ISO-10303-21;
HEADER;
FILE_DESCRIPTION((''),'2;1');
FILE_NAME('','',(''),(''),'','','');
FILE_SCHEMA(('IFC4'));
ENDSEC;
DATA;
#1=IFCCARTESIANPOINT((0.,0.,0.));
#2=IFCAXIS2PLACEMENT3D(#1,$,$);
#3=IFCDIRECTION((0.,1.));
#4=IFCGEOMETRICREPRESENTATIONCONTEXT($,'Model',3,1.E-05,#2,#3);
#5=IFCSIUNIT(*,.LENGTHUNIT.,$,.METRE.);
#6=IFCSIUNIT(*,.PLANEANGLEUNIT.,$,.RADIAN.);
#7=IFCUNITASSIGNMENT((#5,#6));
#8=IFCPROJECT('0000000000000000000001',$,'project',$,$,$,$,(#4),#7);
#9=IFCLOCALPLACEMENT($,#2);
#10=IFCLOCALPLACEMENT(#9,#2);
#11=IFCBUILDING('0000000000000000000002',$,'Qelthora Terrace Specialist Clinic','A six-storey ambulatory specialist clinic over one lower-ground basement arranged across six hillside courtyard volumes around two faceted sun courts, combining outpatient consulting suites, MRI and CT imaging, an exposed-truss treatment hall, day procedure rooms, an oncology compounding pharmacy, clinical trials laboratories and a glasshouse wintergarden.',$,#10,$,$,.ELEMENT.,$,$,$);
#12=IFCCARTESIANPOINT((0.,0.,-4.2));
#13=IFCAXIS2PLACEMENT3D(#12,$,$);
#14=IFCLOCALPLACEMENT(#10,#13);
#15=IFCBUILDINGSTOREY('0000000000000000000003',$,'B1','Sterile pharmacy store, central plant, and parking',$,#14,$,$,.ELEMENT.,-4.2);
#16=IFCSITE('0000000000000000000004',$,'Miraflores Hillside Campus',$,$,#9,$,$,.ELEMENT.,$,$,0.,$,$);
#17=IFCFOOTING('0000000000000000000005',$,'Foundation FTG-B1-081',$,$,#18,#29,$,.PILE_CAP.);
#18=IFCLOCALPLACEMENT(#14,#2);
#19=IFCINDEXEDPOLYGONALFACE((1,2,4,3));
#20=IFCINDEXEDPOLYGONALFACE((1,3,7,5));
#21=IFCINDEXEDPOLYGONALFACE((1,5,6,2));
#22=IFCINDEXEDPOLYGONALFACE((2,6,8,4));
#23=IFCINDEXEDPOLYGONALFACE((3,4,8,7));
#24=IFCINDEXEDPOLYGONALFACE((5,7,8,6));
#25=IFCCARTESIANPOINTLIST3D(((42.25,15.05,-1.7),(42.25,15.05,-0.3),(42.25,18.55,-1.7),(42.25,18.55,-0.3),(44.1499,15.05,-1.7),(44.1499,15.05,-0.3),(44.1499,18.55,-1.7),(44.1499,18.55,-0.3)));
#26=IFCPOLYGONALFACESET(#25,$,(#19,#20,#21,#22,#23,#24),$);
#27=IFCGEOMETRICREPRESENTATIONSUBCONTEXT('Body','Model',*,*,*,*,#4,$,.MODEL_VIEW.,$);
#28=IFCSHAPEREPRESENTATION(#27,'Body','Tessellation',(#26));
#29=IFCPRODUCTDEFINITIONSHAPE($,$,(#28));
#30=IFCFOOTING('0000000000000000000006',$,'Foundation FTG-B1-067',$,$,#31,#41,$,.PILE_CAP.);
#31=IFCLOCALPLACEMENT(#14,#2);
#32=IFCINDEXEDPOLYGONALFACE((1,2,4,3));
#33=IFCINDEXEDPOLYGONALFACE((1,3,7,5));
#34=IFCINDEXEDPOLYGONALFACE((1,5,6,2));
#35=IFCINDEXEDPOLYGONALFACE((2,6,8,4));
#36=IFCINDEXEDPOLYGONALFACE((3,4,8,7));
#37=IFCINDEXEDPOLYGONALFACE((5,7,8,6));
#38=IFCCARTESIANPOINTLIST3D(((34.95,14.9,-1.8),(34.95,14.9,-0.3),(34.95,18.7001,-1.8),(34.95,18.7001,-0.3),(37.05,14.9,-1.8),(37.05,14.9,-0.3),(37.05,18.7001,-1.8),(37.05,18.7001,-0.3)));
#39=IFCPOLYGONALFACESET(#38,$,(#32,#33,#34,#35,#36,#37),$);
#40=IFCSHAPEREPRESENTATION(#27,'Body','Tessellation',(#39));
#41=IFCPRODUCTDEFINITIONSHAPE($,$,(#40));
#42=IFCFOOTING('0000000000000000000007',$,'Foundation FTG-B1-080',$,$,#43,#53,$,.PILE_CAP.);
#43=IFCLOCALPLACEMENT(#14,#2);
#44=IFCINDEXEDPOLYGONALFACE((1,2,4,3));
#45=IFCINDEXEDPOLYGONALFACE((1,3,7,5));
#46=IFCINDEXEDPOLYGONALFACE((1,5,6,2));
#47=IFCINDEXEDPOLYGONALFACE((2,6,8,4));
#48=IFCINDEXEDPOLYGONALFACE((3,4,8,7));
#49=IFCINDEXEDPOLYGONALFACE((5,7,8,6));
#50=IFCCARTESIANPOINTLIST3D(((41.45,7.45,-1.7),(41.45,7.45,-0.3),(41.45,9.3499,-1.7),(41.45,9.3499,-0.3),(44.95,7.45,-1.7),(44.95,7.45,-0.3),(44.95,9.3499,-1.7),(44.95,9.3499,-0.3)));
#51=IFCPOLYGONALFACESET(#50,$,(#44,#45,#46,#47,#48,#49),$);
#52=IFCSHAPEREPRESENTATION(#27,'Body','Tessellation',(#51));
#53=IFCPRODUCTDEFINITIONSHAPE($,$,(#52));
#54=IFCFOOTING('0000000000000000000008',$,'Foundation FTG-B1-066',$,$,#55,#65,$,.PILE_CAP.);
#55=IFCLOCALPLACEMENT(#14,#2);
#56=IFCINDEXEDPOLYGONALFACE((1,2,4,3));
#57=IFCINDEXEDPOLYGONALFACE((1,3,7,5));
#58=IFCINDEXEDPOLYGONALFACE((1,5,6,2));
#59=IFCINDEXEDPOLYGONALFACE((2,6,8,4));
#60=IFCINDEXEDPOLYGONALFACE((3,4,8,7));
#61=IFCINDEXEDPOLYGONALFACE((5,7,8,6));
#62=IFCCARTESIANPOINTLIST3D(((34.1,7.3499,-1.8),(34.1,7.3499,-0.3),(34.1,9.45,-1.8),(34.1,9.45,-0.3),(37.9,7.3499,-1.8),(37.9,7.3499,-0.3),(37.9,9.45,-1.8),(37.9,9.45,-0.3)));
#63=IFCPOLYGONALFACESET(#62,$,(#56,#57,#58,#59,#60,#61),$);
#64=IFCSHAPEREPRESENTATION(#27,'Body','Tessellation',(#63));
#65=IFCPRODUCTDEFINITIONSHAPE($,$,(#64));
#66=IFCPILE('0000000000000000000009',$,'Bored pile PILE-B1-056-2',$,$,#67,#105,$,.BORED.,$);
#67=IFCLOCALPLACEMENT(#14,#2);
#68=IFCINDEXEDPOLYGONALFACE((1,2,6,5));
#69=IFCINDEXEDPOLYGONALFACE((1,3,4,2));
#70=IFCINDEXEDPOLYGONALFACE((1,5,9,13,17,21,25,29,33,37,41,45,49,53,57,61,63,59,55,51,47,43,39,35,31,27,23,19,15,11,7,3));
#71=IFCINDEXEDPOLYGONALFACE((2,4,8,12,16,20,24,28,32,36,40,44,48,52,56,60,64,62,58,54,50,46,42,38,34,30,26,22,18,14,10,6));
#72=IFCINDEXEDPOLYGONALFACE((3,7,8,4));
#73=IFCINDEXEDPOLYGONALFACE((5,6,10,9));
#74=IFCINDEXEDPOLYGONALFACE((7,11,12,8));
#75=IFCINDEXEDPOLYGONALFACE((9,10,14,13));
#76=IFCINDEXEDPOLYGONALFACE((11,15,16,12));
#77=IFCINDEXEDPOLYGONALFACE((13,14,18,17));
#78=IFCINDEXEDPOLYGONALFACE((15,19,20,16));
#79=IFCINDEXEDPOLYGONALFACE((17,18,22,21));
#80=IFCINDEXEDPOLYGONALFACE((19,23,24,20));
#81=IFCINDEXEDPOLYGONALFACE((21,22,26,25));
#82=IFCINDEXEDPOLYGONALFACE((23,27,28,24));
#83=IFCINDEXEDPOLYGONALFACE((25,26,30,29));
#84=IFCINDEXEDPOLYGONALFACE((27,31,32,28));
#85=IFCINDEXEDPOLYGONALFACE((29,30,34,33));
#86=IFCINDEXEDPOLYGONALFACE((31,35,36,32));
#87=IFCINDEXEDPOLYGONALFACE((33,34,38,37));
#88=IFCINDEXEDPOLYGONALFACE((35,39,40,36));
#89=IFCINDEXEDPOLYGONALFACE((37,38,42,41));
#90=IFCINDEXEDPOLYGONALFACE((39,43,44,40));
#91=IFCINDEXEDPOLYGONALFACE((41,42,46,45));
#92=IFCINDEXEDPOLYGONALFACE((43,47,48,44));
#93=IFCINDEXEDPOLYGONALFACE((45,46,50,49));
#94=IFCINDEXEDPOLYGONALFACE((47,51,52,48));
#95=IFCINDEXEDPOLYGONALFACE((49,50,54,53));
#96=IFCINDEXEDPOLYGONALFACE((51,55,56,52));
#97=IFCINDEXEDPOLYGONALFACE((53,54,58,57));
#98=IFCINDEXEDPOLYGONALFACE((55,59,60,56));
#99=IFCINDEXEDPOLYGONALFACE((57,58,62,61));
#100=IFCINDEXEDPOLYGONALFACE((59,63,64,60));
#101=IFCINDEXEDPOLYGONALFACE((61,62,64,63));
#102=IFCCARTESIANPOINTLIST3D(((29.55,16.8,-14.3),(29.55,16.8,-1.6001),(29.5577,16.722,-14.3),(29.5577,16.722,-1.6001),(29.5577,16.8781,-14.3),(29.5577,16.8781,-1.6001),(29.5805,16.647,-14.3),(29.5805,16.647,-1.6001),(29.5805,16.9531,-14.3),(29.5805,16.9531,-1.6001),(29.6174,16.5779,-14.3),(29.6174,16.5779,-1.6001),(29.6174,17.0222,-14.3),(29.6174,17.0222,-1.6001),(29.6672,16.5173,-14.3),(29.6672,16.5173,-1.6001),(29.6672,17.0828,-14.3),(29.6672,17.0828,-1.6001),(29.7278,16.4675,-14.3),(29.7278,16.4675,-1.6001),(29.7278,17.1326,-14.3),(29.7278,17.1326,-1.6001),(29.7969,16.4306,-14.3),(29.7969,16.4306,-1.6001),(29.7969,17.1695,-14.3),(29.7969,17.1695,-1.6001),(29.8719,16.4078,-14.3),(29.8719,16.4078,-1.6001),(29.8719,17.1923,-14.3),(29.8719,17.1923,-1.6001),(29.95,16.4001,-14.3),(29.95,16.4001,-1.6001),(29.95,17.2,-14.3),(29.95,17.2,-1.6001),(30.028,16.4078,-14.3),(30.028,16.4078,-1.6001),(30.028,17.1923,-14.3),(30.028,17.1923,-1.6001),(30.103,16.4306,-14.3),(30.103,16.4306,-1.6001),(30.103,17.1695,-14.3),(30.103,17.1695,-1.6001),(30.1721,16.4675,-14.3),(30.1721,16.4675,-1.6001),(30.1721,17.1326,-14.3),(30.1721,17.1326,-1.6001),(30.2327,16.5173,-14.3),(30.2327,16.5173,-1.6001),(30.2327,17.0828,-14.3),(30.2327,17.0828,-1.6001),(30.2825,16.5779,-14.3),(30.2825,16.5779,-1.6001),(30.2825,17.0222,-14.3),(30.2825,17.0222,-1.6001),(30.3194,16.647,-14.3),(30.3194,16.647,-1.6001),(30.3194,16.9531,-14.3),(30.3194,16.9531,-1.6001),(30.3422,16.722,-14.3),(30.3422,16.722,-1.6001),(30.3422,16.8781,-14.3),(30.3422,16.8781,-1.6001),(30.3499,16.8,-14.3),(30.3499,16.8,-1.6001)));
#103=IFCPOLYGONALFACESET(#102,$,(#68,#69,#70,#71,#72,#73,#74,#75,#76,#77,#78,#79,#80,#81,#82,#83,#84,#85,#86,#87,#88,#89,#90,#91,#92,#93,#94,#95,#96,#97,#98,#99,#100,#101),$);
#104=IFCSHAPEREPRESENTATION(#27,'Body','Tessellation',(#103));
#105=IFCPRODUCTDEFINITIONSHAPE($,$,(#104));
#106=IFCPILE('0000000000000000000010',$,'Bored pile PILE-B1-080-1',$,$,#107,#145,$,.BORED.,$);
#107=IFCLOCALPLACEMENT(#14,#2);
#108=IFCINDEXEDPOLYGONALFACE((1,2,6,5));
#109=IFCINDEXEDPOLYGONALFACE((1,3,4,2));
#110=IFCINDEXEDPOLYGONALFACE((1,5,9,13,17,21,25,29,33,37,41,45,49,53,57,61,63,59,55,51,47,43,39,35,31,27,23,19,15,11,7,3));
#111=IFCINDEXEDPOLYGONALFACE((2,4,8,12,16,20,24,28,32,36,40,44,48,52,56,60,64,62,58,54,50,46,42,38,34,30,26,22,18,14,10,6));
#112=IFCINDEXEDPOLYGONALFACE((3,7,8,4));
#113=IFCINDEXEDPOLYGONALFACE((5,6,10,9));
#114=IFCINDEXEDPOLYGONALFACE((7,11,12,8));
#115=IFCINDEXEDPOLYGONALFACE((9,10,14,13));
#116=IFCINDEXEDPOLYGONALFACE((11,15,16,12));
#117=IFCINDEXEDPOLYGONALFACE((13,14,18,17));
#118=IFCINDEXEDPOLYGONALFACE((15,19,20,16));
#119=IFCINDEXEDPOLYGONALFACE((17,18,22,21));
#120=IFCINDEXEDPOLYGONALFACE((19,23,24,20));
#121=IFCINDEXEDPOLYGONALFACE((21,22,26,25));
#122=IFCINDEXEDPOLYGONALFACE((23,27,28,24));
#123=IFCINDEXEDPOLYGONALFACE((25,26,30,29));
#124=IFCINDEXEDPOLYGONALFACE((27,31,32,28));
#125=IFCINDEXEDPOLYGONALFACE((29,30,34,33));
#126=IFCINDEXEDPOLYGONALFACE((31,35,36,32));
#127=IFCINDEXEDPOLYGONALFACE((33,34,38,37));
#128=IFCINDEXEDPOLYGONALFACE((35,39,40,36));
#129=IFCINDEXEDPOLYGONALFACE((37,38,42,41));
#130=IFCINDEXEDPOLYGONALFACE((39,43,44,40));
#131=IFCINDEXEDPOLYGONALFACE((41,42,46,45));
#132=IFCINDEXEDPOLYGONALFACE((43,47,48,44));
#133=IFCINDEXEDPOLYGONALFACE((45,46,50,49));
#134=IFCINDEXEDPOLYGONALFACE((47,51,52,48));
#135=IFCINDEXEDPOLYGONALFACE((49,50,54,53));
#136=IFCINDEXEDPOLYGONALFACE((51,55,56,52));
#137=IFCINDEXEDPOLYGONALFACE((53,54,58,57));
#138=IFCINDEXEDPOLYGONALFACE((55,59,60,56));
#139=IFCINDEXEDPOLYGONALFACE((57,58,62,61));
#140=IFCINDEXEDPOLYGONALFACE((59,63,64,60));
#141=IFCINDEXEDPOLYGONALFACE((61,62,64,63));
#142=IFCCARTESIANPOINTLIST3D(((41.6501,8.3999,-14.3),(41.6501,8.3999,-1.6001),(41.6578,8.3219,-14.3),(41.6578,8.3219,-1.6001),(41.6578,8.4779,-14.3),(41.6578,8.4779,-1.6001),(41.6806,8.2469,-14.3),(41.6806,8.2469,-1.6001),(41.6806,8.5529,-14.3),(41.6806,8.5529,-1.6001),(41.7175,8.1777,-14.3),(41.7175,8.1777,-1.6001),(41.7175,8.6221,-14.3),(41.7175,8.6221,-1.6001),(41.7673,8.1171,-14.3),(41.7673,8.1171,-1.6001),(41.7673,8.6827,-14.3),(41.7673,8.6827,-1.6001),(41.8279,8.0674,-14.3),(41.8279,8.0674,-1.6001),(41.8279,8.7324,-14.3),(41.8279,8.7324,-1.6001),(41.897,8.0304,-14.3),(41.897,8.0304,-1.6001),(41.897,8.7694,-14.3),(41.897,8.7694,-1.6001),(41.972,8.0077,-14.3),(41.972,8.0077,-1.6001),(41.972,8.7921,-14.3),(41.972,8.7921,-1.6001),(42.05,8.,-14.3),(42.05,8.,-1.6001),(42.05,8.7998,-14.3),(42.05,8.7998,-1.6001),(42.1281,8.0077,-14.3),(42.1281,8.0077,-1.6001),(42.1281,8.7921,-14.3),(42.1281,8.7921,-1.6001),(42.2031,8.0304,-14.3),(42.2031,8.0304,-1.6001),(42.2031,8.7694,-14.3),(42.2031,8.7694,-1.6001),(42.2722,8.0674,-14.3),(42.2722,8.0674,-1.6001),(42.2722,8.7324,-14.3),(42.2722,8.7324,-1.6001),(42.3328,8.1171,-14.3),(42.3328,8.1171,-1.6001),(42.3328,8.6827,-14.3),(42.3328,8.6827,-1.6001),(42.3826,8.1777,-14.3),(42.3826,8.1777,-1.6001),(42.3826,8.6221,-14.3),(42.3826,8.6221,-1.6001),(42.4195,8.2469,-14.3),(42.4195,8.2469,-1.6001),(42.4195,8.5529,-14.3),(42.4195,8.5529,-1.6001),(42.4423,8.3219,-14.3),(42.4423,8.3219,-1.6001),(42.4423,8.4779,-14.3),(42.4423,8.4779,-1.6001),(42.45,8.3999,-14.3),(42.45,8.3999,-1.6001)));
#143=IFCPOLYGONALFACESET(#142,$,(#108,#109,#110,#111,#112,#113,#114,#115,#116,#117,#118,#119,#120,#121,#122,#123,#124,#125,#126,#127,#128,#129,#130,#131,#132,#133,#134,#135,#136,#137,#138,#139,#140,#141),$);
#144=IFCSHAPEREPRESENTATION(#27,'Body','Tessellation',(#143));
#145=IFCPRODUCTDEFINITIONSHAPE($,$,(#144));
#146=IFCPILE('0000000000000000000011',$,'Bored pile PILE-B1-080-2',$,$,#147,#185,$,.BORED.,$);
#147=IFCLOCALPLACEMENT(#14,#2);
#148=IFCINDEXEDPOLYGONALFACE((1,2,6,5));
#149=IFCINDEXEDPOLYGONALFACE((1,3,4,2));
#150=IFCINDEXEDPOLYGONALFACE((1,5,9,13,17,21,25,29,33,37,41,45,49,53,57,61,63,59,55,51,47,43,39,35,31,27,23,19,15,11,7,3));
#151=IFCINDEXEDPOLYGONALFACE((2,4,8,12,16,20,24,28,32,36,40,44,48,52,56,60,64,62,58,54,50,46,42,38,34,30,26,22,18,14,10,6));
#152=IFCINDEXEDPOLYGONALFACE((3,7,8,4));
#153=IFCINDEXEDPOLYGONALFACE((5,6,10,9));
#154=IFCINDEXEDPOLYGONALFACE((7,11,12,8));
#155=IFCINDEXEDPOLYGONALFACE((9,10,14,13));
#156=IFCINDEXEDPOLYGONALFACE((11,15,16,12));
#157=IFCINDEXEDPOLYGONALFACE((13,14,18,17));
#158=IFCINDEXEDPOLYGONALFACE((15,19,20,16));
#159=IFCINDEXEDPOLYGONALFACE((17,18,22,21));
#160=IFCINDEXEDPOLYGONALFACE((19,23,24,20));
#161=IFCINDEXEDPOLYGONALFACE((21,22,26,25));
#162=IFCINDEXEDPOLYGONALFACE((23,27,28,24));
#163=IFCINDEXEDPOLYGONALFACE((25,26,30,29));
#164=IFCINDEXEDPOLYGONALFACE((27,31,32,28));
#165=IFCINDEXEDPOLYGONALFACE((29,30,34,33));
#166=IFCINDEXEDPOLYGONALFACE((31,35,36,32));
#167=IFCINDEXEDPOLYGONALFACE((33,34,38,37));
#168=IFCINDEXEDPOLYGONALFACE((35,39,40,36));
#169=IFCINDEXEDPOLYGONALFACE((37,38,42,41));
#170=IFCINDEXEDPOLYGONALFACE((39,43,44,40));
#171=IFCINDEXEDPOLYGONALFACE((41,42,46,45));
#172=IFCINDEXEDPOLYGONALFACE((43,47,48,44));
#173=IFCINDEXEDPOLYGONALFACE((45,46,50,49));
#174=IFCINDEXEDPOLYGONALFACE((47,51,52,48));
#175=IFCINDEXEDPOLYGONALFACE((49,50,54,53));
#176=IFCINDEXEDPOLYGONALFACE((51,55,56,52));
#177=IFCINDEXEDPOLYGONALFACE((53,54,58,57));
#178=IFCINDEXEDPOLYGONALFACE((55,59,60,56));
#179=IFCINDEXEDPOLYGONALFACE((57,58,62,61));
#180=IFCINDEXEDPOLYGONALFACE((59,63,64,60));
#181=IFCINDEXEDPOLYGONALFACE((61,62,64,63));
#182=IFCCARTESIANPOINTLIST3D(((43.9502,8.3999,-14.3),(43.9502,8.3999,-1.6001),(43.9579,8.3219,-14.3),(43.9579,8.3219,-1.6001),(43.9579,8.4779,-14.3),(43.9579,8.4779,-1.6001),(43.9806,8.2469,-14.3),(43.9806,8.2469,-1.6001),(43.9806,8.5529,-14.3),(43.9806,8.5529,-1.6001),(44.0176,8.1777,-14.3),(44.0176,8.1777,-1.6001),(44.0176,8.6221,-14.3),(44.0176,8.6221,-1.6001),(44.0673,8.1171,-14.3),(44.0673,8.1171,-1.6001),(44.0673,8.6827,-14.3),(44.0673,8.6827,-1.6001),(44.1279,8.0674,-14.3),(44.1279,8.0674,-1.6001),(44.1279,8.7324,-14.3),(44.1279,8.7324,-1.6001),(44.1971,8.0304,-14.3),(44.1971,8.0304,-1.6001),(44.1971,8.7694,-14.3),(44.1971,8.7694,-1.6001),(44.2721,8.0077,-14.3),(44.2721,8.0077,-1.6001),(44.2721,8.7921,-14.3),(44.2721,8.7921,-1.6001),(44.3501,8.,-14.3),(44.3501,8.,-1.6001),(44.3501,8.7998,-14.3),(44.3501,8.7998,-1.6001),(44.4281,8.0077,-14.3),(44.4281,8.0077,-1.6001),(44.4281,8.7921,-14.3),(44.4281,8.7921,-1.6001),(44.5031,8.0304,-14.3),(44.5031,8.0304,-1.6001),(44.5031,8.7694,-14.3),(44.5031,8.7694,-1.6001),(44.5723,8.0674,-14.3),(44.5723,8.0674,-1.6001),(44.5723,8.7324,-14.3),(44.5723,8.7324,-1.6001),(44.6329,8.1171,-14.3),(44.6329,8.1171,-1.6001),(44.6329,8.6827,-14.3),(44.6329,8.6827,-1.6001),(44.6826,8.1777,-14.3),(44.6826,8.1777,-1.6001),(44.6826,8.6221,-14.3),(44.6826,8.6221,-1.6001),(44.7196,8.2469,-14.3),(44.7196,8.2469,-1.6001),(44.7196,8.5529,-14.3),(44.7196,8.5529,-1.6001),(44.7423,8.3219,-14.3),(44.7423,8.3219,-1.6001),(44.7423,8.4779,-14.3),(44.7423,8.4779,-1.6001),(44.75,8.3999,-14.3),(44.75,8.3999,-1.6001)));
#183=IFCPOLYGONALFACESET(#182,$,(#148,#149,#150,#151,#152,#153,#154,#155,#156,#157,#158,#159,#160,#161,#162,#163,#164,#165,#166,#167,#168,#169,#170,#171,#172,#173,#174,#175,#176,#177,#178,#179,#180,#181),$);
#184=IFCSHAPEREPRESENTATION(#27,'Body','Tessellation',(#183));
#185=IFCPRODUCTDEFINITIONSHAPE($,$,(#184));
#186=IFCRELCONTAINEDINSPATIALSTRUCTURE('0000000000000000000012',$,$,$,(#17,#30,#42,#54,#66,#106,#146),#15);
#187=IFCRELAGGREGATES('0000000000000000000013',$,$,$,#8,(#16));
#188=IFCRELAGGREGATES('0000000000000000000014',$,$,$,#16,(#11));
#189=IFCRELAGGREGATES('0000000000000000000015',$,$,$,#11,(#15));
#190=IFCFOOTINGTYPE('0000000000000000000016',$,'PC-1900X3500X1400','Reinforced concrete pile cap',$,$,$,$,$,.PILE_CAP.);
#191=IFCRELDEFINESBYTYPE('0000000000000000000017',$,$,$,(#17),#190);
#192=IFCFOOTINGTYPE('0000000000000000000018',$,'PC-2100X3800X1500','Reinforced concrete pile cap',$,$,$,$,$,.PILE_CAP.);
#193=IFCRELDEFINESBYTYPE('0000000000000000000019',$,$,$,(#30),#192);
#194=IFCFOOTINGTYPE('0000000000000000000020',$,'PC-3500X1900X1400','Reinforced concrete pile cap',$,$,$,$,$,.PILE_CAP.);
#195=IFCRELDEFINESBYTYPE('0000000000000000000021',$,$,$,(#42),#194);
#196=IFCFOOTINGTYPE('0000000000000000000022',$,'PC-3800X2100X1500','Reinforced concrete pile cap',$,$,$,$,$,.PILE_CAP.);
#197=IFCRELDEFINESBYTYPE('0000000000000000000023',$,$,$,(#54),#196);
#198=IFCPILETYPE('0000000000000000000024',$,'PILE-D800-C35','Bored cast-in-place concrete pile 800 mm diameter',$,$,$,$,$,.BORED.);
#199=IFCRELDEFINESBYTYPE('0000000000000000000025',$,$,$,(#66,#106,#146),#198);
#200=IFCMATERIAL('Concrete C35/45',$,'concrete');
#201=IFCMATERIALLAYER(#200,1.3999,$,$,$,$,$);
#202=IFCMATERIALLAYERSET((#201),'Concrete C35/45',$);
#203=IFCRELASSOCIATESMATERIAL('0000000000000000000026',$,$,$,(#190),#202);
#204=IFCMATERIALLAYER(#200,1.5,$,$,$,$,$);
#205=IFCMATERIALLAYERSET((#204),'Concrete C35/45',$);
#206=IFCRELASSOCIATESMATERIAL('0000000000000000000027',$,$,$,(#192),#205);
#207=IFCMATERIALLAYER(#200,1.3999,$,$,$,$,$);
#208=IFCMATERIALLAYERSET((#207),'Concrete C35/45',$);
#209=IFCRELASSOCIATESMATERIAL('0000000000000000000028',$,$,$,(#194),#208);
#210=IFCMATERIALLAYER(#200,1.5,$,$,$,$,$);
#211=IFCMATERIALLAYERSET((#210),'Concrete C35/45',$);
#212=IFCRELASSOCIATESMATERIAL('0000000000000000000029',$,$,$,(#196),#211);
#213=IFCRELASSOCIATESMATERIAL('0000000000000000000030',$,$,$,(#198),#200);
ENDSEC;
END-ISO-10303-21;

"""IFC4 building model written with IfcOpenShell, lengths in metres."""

from ifc_helpers import new_model, si_unit, direction, frame, origin, origin_2d, place, context, subcontext, project, spatial, rectangle, circle, extrude, material, layer, layer_set, material_profile, profile_set, type_object, element, save


model = new_model("IFC4")

# Units and contexts
model_context = context("Model", 3, precision=1e-05, world=origin(), true_north=direction((0.0, 1.0)))
body_context = subcontext(model_context, "Body", "Model", "MODEL_VIEW")
ifc_project = project(units=[si_unit("LENGTHUNIT", "METRE"), si_unit("PLANEANGLEUNIT", "RADIAN")], contexts=[model_context])

# Site, building, storey
site_placement = place(None, origin())
site = spatial("IfcSite", under=ifc_project, at=site_placement, Name="Miraflores Hillside Campus", CompositionType="ELEMENT", RefElevation=0.0)
building_placement = place(site_placement, origin())
building = spatial("IfcBuilding", under=site, at=building_placement, Name="Qelthora Terrace Specialist Clinic", Description="A six-storey ambulatory specialist clinic over one lower-ground basement arranged across six hillside courtyard volumes around two faceted sun courts, combining outpatient consulting suites, MRI and CT imaging, an exposed-truss treatment hall, day procedure rooms, an oncology compounding pharmacy, clinical trials laboratories and a glasshouse wintergarden.", CompositionType="ELEMENT")
storey_placement = place(building_placement, frame((0.0, 0.0, -4.2)))
storey = spatial("IfcBuildingStorey", under=building, at=storey_placement, Name="B1", Description="Sterile pharmacy store, central plant, and parking", CompositionType="ELEMENT", Elevation=-4.2)

# Footings
ifc_material_1 = material(Name="Concrete C35/45", Category="concrete")
ifc_layer_1 = layer(ifc_material_1, 1.3999)
ifc_layer_set_1 = layer_set([ifc_layer_1], Name="Concrete C35/45")
footing_type_1 = type_object("IfcFootingType", Name="PC-1900X3500X1400", Description="Reinforced concrete pile cap", PredefinedType="PILE_CAP", material=ifc_layer_set_1)
footing_1_placement = place(storey_placement, frame((43.2, 16.8, -1.7), z_axis=(0.0, 0.0, 1.0), x_axis=(1.0, 0.0, 0.0)))
element("IfcFooting", 1, at=footing_1_placement, inside=storey, type_object=footing_type_1, Name="Foundation FTG-B1-081", PredefinedType="PILE_CAP", context=body_context, shape_type="SweptSolid", body=[
    extrude(rectangle(XDim=1.8999, YDim=3.5, at=origin_2d()), origin(), (0.0, 0.0, 1.0), 1.3999),
])
ifc_layer_2 = layer(ifc_material_1, 1.5)
ifc_layer_set_2 = layer_set([ifc_layer_2], Name="Concrete C35/45")
footing_type_2 = type_object("IfcFootingType", Name="PC-2100X3800X1500", Description="Reinforced concrete pile cap", PredefinedType="PILE_CAP", material=ifc_layer_set_2)
footing_2_placement = place(storey_placement, frame((36.0, 16.8, -1.8), z_axis=(0.0, 0.0, 1.0), x_axis=(1.0, 0.0, 0.0)))
element("IfcFooting", 2, at=footing_2_placement, inside=storey, type_object=footing_type_2, Name="Foundation FTG-B1-067", PredefinedType="PILE_CAP", context=body_context, shape_type="SweptSolid", body=[
    extrude(rectangle(XDim=2.1001, YDim=3.8, at=origin_2d()), origin(), (0.0, 0.0, 1.0), 1.5),
])
ifc_layer_3 = layer(ifc_material_1, 1.3999)
ifc_layer_set_3 = layer_set([ifc_layer_3], Name="Concrete C35/45")
footing_type_3 = type_object("IfcFootingType", Name="PC-3500X1900X1400", Description="Reinforced concrete pile cap", PredefinedType="PILE_CAP", material=ifc_layer_set_3)
footing_3_placement = place(storey_placement, frame((43.2, 8.3999, -1.7), z_axis=(0.0, 0.0, 1.0), x_axis=(1.0, 0.0, 0.0)))
element("IfcFooting", 3, at=footing_3_placement, inside=storey, type_object=footing_type_3, Name="Foundation FTG-B1-080", PredefinedType="PILE_CAP", context=body_context, shape_type="SweptSolid", body=[
    extrude(rectangle(XDim=3.5, YDim=1.8999, at=origin_2d()), origin(), (0.0, 0.0, 1.0), 1.3999),
])
ifc_layer_4 = layer(ifc_material_1, 1.5)
ifc_layer_set_4 = layer_set([ifc_layer_4], Name="Concrete C35/45")
footing_type_4 = type_object("IfcFootingType", Name="PC-3800X2100X1500", Description="Reinforced concrete pile cap", PredefinedType="PILE_CAP", material=ifc_layer_set_4)
footing_4_placement = place(storey_placement, frame((36.0, 8.3999, -1.8), z_axis=(0.0, 0.0, 1.0), x_axis=(1.0, 0.0, 0.0)))
element("IfcFooting", 4, at=footing_4_placement, inside=storey, type_object=footing_type_4, Name="Foundation FTG-B1-066", PredefinedType="PILE_CAP", context=body_context, shape_type="SweptSolid", body=[
    extrude(rectangle(XDim=3.8, YDim=2.1001, at=origin_2d()), origin(), (0.0, 0.0, 1.0), 1.5),
])

# Piles
ifc_material_profile_1 = material_profile(ifc_material_1, circle(Radius=0.3999, at=origin_2d()), Name="PILE800")
ifc_profile_set_1 = profile_set([ifc_material_profile_1], Name="Concrete C35/45")
pile_type_1 = type_object("IfcPileType", Name="PILE-D800-C35", Description="Bored cast-in-place concrete pile 800 mm diameter", PredefinedType="BORED", material=ifc_profile_set_1)
for number, where, z_axis, x_axis, name in (
    (5, (29.95, 16.8, -1.6001), (0.0, 0.0, -1.0), (1.0, 0.0, 0.0), "Bored pile PILE-B1-056-2"),
    (6, (42.05, 8.3999, -1.6001), (0.0, 0.0, -1.0), (1.0, 0.0, 0.0), "Bored pile PILE-B1-080-1"),
    (7, (44.3501, 8.3999, -1.6001), (0.0, 0.0, -1.0), (1.0, 0.0, 0.0), "Bored pile PILE-B1-080-2"),
):
    element("IfcPile", number, at=place(storey_placement, frame(where, z_axis=z_axis, x_axis=x_axis)), inside=storey, type_object=pile_type_1, Name=name, PredefinedType="BORED", context=body_context, shape_type="SweptSolid", body=[
        extrude(circle(Radius=0.3999, at=origin_2d()), origin(), (0.0, 0.0, 1.0), 12.7),
    ])

save(model, "model.ifc")
